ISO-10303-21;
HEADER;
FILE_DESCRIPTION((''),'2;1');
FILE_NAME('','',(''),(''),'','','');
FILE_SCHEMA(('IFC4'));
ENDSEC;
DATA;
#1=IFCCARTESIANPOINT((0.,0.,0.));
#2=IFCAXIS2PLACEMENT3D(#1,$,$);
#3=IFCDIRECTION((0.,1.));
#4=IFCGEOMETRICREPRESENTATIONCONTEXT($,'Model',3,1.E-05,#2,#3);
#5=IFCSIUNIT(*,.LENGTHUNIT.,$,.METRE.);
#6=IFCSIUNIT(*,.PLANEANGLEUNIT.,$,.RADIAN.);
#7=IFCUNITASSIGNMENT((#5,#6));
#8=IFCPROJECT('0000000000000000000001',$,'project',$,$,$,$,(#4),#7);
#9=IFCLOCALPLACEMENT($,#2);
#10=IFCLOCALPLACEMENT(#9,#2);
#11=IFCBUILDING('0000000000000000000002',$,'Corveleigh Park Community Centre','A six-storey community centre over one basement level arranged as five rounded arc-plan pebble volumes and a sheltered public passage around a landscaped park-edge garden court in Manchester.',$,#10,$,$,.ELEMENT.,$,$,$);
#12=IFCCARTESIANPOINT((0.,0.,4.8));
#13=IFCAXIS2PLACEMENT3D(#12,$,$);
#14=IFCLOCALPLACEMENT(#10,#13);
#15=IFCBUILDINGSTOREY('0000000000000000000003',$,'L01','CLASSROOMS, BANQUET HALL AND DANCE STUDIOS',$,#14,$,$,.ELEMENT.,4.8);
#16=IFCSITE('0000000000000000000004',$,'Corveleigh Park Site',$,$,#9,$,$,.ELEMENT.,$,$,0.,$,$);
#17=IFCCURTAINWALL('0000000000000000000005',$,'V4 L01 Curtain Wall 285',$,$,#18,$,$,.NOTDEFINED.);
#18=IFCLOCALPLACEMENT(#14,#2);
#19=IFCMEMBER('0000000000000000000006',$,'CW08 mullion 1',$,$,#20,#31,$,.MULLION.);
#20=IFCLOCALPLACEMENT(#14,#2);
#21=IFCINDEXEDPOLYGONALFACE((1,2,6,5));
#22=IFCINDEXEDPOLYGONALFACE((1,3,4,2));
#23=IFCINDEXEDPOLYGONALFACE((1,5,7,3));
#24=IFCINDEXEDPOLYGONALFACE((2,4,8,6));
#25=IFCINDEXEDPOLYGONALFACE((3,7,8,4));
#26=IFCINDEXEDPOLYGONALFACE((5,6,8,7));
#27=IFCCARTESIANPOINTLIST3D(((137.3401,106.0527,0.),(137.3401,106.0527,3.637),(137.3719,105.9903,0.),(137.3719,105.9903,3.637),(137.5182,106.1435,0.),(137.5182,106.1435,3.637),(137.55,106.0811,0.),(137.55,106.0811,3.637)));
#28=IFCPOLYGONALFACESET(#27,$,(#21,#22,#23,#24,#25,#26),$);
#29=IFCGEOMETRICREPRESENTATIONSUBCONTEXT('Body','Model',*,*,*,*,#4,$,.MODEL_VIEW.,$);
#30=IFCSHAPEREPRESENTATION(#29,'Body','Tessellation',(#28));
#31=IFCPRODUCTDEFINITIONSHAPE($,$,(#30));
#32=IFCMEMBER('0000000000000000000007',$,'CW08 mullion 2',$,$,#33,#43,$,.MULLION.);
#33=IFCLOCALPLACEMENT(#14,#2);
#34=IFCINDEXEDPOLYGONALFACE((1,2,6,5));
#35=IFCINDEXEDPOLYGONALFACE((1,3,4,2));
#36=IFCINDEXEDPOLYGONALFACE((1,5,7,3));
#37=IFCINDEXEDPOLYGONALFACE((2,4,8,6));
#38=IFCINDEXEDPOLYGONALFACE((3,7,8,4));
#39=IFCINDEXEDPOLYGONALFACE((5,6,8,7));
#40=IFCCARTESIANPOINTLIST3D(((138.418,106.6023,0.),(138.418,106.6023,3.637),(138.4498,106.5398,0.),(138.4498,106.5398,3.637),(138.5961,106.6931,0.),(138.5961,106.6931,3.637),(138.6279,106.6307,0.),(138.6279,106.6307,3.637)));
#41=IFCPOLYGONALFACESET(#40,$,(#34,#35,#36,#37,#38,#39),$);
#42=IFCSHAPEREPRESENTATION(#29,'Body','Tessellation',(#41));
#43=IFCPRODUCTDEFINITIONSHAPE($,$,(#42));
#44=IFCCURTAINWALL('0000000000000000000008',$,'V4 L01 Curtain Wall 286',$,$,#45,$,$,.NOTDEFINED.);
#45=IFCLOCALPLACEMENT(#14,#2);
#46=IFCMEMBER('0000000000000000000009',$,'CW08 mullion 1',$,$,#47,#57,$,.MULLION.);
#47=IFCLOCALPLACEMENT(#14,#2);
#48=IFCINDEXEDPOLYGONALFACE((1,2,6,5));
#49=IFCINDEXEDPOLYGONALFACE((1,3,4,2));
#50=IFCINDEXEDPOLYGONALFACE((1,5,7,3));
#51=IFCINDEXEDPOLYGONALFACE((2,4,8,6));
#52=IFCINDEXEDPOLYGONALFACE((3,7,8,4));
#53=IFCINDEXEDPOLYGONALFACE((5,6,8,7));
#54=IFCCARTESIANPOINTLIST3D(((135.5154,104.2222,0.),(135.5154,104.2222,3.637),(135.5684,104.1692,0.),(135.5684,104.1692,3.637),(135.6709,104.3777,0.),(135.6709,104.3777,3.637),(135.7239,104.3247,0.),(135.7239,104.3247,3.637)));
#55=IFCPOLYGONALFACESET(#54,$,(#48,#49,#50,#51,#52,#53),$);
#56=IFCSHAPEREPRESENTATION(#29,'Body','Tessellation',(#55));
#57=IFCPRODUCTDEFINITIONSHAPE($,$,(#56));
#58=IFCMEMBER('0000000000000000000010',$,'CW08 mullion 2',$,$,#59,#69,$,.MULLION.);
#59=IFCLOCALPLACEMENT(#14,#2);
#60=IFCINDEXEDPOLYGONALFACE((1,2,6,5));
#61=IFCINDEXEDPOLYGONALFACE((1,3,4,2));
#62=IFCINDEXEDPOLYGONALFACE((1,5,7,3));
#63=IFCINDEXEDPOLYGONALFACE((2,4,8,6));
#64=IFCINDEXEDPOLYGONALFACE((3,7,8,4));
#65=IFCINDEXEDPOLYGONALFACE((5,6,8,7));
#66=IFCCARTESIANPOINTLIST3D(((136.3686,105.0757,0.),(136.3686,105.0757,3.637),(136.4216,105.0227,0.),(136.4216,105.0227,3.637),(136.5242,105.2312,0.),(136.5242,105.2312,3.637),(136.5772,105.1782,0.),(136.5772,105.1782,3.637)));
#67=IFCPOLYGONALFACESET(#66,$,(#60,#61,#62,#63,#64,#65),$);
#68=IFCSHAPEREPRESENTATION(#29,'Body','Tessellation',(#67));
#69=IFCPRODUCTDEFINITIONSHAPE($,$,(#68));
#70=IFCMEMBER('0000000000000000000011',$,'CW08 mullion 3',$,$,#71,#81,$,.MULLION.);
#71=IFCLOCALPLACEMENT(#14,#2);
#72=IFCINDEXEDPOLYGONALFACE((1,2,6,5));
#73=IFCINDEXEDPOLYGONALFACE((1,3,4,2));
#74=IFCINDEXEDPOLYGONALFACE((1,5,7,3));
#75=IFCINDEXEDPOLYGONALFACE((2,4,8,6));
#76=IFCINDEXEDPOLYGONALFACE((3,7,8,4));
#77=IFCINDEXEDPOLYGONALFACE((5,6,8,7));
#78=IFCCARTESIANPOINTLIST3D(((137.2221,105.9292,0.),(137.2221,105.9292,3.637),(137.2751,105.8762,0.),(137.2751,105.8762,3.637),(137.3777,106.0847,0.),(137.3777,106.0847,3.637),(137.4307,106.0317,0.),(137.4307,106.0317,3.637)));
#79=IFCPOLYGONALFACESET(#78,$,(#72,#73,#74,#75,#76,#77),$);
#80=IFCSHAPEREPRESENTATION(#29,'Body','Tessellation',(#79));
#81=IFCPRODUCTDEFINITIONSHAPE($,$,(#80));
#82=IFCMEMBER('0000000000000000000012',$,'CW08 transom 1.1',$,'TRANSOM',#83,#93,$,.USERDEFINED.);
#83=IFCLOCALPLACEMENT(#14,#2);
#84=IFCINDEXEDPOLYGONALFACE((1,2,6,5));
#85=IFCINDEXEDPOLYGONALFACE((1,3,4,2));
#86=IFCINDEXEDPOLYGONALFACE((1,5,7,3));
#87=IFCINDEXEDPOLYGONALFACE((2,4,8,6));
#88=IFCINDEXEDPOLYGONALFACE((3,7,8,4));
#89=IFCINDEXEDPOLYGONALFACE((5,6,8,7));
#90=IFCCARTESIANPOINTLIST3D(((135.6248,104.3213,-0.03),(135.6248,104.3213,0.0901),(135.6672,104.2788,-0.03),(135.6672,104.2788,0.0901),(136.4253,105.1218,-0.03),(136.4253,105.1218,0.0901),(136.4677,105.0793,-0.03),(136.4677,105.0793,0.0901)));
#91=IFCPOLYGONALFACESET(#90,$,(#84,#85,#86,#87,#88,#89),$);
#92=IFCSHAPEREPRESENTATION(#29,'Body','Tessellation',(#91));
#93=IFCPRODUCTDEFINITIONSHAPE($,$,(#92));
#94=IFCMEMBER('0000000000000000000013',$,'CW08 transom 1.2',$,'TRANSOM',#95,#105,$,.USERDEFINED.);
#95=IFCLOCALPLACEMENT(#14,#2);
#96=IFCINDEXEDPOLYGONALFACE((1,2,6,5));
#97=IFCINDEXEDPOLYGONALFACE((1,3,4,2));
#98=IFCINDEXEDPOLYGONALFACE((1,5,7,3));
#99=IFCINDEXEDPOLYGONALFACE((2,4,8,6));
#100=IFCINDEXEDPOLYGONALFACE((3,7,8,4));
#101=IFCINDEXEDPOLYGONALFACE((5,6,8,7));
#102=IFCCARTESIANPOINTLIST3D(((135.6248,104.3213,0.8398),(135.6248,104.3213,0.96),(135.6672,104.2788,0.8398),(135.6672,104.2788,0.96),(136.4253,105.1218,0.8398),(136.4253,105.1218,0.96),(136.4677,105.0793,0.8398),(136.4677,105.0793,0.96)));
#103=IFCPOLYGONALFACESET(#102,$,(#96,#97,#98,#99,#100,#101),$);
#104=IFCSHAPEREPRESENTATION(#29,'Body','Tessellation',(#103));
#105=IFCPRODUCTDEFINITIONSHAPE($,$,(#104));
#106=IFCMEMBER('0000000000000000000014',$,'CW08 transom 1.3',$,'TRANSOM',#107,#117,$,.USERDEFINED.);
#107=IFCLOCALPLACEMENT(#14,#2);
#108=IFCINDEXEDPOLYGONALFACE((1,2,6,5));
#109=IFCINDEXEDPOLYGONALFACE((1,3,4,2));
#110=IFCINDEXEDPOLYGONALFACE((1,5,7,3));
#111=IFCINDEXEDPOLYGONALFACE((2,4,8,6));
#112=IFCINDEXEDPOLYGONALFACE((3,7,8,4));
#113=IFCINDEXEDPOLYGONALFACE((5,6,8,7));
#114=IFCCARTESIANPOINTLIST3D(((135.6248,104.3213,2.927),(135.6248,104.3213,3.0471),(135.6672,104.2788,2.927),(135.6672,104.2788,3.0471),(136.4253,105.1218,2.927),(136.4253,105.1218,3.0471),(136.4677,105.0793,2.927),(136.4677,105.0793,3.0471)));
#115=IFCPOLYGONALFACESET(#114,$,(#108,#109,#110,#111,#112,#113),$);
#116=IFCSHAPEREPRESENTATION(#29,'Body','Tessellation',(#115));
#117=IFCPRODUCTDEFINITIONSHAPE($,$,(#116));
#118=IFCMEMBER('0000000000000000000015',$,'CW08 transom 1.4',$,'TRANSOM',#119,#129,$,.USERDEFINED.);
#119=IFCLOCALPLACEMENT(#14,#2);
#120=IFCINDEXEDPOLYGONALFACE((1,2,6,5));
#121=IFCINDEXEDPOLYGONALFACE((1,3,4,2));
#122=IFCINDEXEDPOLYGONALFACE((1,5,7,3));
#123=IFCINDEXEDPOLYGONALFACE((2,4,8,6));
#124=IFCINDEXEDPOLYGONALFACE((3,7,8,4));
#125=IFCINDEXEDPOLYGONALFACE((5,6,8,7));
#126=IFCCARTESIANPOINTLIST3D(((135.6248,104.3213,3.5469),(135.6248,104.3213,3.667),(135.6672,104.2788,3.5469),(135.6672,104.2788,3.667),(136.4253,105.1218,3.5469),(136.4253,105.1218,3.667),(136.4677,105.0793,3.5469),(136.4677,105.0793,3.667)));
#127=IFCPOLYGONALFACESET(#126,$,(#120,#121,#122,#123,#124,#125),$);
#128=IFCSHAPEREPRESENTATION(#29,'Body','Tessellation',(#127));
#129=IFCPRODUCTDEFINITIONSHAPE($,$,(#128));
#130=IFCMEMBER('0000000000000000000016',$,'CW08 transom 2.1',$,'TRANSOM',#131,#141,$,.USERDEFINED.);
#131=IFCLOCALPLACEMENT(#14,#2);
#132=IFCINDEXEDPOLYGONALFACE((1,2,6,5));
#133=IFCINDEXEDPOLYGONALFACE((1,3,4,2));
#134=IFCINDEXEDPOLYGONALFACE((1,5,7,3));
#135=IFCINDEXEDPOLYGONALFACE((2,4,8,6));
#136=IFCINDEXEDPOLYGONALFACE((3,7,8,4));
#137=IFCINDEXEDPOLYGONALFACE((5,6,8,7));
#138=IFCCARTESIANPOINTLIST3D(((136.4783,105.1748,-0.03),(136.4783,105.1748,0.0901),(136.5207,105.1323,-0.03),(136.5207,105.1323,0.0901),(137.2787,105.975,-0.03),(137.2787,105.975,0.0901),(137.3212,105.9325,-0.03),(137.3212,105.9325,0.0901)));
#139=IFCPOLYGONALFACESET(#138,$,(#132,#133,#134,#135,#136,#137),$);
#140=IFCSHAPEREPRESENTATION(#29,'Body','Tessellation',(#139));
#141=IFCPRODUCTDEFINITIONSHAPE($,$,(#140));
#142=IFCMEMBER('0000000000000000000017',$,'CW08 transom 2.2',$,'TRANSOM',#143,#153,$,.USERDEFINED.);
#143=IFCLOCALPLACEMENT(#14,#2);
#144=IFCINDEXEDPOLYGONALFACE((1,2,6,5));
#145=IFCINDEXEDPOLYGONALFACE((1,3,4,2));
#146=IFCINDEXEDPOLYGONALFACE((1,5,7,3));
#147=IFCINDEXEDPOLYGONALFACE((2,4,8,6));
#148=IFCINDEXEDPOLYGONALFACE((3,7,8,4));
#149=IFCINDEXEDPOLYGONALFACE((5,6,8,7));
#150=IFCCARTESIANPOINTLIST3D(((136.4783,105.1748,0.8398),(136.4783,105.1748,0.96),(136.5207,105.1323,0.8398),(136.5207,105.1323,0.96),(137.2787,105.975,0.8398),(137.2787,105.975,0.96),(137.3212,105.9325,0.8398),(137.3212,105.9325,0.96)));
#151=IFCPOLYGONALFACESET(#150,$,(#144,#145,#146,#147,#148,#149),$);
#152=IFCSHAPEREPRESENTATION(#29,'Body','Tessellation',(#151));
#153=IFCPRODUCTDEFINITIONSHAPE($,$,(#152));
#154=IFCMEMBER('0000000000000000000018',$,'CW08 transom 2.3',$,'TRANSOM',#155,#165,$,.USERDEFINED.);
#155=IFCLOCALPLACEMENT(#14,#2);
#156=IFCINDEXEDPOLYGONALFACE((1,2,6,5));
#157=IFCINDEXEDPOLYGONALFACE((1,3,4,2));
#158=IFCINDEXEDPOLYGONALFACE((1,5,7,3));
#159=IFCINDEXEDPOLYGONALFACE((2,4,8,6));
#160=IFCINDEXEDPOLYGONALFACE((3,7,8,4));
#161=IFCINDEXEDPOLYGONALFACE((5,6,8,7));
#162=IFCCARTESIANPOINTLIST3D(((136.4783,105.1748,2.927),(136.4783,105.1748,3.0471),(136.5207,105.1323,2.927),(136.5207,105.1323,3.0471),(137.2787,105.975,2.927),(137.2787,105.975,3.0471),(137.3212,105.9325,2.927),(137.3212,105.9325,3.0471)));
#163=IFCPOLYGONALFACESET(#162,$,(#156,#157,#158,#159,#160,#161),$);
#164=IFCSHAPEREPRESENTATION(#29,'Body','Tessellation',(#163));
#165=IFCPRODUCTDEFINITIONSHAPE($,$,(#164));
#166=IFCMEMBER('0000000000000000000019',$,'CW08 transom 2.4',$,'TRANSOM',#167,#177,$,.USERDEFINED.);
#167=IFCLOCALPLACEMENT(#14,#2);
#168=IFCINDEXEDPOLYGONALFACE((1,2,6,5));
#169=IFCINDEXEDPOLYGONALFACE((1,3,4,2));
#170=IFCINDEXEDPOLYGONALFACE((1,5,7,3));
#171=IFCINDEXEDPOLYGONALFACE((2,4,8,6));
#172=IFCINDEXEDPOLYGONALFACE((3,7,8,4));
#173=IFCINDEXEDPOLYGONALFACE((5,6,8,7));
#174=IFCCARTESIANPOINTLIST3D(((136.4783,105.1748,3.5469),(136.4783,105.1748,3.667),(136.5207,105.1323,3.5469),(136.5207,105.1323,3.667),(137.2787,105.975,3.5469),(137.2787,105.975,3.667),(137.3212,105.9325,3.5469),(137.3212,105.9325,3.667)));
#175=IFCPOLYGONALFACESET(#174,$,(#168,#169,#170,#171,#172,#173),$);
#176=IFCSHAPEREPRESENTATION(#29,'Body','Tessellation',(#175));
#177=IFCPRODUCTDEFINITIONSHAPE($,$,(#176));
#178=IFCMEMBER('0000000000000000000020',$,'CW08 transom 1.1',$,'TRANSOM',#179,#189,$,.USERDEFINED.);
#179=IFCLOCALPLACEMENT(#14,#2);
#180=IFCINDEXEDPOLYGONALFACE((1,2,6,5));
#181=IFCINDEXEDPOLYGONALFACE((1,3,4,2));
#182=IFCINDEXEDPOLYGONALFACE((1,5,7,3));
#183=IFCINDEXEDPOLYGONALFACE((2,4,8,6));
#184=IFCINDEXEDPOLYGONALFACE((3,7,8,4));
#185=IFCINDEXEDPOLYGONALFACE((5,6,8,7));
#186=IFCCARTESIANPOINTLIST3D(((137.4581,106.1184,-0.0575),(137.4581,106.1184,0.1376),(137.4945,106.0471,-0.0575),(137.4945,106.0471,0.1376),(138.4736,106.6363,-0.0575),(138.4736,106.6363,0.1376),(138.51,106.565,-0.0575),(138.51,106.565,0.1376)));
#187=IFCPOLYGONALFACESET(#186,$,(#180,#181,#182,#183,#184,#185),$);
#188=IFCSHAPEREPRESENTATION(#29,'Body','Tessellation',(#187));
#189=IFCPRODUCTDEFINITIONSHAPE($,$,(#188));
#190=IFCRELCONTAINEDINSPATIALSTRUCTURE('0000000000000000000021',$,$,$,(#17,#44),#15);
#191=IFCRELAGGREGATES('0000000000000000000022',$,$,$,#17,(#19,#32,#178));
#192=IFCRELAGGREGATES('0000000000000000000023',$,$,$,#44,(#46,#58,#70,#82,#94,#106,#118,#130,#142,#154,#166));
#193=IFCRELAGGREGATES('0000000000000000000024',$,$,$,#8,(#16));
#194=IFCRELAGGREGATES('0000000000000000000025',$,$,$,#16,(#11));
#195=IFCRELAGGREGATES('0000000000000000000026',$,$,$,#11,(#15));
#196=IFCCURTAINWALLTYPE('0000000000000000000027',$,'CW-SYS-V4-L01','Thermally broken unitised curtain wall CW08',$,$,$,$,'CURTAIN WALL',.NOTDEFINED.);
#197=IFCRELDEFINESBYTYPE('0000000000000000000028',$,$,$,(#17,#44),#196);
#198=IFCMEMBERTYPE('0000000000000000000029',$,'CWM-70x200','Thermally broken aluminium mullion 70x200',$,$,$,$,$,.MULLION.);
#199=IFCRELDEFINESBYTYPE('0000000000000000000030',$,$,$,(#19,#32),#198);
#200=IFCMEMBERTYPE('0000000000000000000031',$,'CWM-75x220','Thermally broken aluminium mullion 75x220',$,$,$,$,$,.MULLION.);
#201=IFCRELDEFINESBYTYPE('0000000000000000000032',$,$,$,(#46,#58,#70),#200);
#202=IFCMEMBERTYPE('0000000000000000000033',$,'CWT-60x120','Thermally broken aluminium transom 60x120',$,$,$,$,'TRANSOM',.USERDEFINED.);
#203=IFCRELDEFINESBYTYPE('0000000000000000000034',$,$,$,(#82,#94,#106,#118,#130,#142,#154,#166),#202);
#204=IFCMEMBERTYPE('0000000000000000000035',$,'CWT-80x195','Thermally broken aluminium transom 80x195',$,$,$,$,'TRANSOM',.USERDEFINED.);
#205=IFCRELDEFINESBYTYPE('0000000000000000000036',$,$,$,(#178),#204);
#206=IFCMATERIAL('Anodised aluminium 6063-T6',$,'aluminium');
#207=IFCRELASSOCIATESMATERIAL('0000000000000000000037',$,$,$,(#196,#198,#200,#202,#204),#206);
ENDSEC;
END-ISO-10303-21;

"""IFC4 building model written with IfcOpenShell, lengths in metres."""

from ifc_helpers import new_model, si_unit, direction, frame, origin, origin_2d, place, context, subcontext, project, spatial, rectangle, extrude, material, material_profile, profile_set, type_object, element, aggregate, save


model = new_model("IFC4")

# Units and contexts
model_context = context("Model", 3, precision=1e-05, world=origin(), true_north=direction((0.0, 1.0)))
body_context = subcontext(model_context, "Body", "Model", "MODEL_VIEW")
ifc_project = project(units=[si_unit("LENGTHUNIT", "METRE"), si_unit("PLANEANGLEUNIT", "RADIAN")], contexts=[model_context])

# Site, building, storey
site_placement = place(None, origin())
site = spatial("IfcSite", under=ifc_project, at=site_placement, Name="Corveleigh Park Site", CompositionType="ELEMENT", RefElevation=0.0)
building_placement = place(site_placement, origin())
building = spatial("IfcBuilding", under=site, at=building_placement, Name="Corveleigh Park Community Centre", Description="A six-storey community centre over one basement level arranged as five rounded arc-plan pebble volumes and a sheltered public passage around a landscaped park-edge garden court in Manchester.", CompositionType="ELEMENT")
storey_placement = place(building_placement, frame((0.0, 0.0, 4.8)))
storey = spatial("IfcBuildingStorey", under=building, at=storey_placement, Name="L01", Description="CLASSROOMS, BANQUET HALL AND DANCE STUDIOS", CompositionType="ELEMENT", Elevation=4.8)

# Curtain walls, members
ifc_material_1 = material(Name="Anodised aluminium 6063-T6", Category="aluminium")
curtain_wall_type = type_object("IfcCurtainWallType", Name="CW-SYS-V4-L01", Description="Thermally broken unitised curtain wall CW08", ElementType="CURTAIN WALL", PredefinedType="NOTDEFINED", material=ifc_material_1)
curtain_wall_1_placement = place(storey_placement, origin())
curtain_wall_1 = element("IfcCurtainWall", 1, at=curtain_wall_1_placement, inside=storey, type_object=curtain_wall_type, Name="V4 L01 Curtain Wall 285", PredefinedType="NOTDEFINED")
ifc_material_profile_1 = material_profile(ifc_material_1, rectangle(XDim=0.0701, YDim=0.2, at=origin_2d()), Name="ALU-M70x200", Category="aluminium")
ifc_profile_set_1 = profile_set([ifc_material_profile_1], Name="Anodised aluminium 6063-T6")
member_type_1 = type_object("IfcMemberType", Name="CWM-70x200", Description="Thermally broken aluminium mullion 70x200", PredefinedType="MULLION", material=ifc_profile_set_1)
member_1_placement = place(storey_placement, frame((137.4451, 106.0669, 0.0), z_axis=(0.0, 0.0, 1.0), x_axis=(-0.454269, 0.890865, 0.0)))
member_1 = element("IfcMember", 2, at=member_1_placement, type_object=member_type_1, Name="CW08 mullion 1", PredefinedType="MULLION", context=body_context, shape_type="SweptSolid", body=[
    extrude(rectangle(XDim=0.0701, YDim=0.2, at=origin_2d()), origin(), (0.0, 0.0, 1.0), 3.637),
])
member_2_placement = place(storey_placement, frame((138.5229, 106.6165, 0.0), z_axis=(0.0, 0.0, 1.0), x_axis=(-0.454269, 0.890865, 0.0)))
member_2 = element("IfcMember", 3, at=member_2_placement, type_object=member_type_1, Name="CW08 mullion 2", PredefinedType="MULLION", context=body_context, shape_type="SweptSolid", body=[
    extrude(rectangle(XDim=0.0701, YDim=0.2, at=origin_2d()), origin(), (0.0, 0.0, 1.0), 3.637),
])
curtain_wall_2_placement = place(storey_placement, origin())
curtain_wall_2 = element("IfcCurtainWall", 4, at=curtain_wall_2_placement, inside=storey, type_object=curtain_wall_type, Name="V4 L01 Curtain Wall 286", PredefinedType="NOTDEFINED")
ifc_material_profile_2 = material_profile(ifc_material_1, rectangle(XDim=0.075, YDim=0.22, at=origin_2d()), Name="ALU-M75x220", Category="aluminium")
ifc_profile_set_2 = profile_set([ifc_material_profile_2], Name="Anodised aluminium 6063-T6")
member_type_2 = type_object("IfcMemberType", Name="CWM-75x220", Description="Thermally broken aluminium mullion 75x220", PredefinedType="MULLION", material=ifc_profile_set_2)
member_3_placement = place(storey_placement, frame((135.6196, 104.2734, 0.0), z_axis=(0.0, 0.0, 1.0), x_axis=(-0.707107, 0.707107, 0.0)))
member_3 = element("IfcMember", 5, at=member_3_placement, type_object=member_type_2, Name="CW08 mullion 1", PredefinedType="MULLION", context=body_context, shape_type="SweptSolid", body=[
    extrude(rectangle(XDim=0.075, YDim=0.22, at=origin_2d()), origin(), (0.0, 0.0, 1.0), 3.637),
])
member_4_placement = place(storey_placement, frame((136.4729, 105.127, 0.0), z_axis=(0.0, 0.0, 1.0), x_axis=(-0.707107, 0.707107, 0.0)))
member_4 = element("IfcMember", 6, at=member_4_placement, type_object=member_type_2, Name="CW08 mullion 2", PredefinedType="MULLION", context=body_context, shape_type="SweptSolid", body=[
    extrude(rectangle(XDim=0.075, YDim=0.22, at=origin_2d()), origin(), (0.0, 0.0, 1.0), 3.637),
])
member_5_placement = place(storey_placement, frame((137.3264, 105.9805, 0.0), z_axis=(0.0, 0.0, 1.0), x_axis=(-0.707107, 0.707107, 0.0)))
member_5 = element("IfcMember", 7, at=member_5_placement, type_object=member_type_2, Name="CW08 mullion 3", PredefinedType="MULLION", context=body_context, shape_type="SweptSolid", body=[
    extrude(rectangle(XDim=0.075, YDim=0.22, at=origin_2d()), origin(), (0.0, 0.0, 1.0), 3.637),
])
ifc_material_profile_3 = material_profile(ifc_material_1, rectangle(XDim=0.0601, YDim=0.1201, at=origin_2d()), Name="ALU-T60x120", Category="aluminium")
ifc_profile_set_3 = profile_set([ifc_material_profile_3], Name="Anodised aluminium 6063-T6")
member_type_3 = type_object("IfcMemberType", Name="CWT-60x120", Description="Thermally broken aluminium transom 60x120", ElementType="TRANSOM", PredefinedType="USERDEFINED", material=ifc_profile_set_3)
member_6_placement = place(storey_placement, frame((135.646, 104.3, 0.03), z_axis=(0.707107, 0.707107, 0.0), x_axis=(-0.707107, 0.707107, 0.0)))
member_6 = element("IfcMember", 8, at=member_6_placement, type_object=member_type_3, Name="CW08 transom 1.1", ObjectType="TRANSOM", PredefinedType="USERDEFINED", context=body_context, shape_type="SweptSolid", body=[
    extrude(rectangle(XDim=0.0601, YDim=0.1201, at=origin_2d()), origin(), (0.0, 0.0, 1.0), 1.1321),
])
member_7_placement = place(storey_placement, frame((135.646, 104.3, 0.8999), z_axis=(0.707107, 0.707107, 0.0), x_axis=(-0.707107, 0.707107, 0.0)))
member_7 = element("IfcMember", 9, at=member_7_placement, type_object=member_type_3, Name="CW08 transom 1.2", ObjectType="TRANSOM", PredefinedType="USERDEFINED", context=body_context, shape_type="SweptSolid", body=[
    extrude(rectangle(XDim=0.0601, YDim=0.1201, at=origin_2d()), origin(), (0.0, 0.0, 1.0), 1.1321),
])
member_8_placement = place(storey_placement, frame((135.646, 104.3, 2.9871), z_axis=(0.707107, 0.707107, 0.0), x_axis=(-0.707107, 0.707107, 0.0)))
member_8 = element("IfcMember", 10, at=member_8_placement, type_object=member_type_3, Name="CW08 transom 1.3", ObjectType="TRANSOM", PredefinedType="USERDEFINED", context=body_context, shape_type="SweptSolid", body=[
    extrude(rectangle(XDim=0.0601, YDim=0.1201, at=origin_2d()), origin(), (0.0, 0.0, 1.0), 1.1321),
])
member_9_placement = place(storey_placement, frame((135.646, 104.3, 3.6069), z_axis=(0.707107, 0.707107, 0.0), x_axis=(-0.707107, 0.707107, 0.0)))
member_9 = element("IfcMember", 11, at=member_9_placement, type_object=member_type_3, Name="CW08 transom 1.4", ObjectType="TRANSOM", PredefinedType="USERDEFINED", context=body_context, shape_type="SweptSolid", body=[
    extrude(rectangle(XDim=0.0601, YDim=0.1201, at=origin_2d()), origin(), (0.0, 0.0, 1.0), 1.1321),
])
member_10_placement = place(storey_placement, frame((136.4995, 105.1536, 0.03), z_axis=(0.707215, 0.706999, 0.0), x_axis=(-0.706999, 0.707215, 0.0)))
member_10 = element("IfcMember", 12, at=member_10_placement, type_object=member_type_3, Name="CW08 transom 2.1", ObjectType="TRANSOM", PredefinedType="USERDEFINED", context=body_context, shape_type="SweptSolid", body=[
    extrude(rectangle(XDim=0.0601, YDim=0.1201, at=origin_2d()), origin(), (0.0, 0.0, 1.0), 1.1318),
])
member_11_placement = place(storey_placement, frame((136.4995, 105.1536, 0.8999), z_axis=(0.707215, 0.706999, 0.0), x_axis=(-0.706999, 0.707215, 0.0)))
member_11 = element("IfcMember", 13, at=member_11_placement, type_object=member_type_3, Name="CW08 transom 2.2", ObjectType="TRANSOM", PredefinedType="USERDEFINED", context=body_context, shape_type="SweptSolid", body=[
    extrude(rectangle(XDim=0.0601, YDim=0.1201, at=origin_2d()), origin(), (0.0, 0.0, 1.0), 1.1318),
])
member_12_placement = place(storey_placement, frame((136.4995, 105.1536, 2.9871), z_axis=(0.707215, 0.706999, 0.0), x_axis=(-0.706999, 0.707215, 0.0)))
member_12 = element("IfcMember", 14, at=member_12_placement, type_object=member_type_3, Name="CW08 transom 2.3", ObjectType="TRANSOM", PredefinedType="USERDEFINED", context=body_context, shape_type="SweptSolid", body=[
    extrude(rectangle(XDim=0.0601, YDim=0.1201, at=origin_2d()), origin(), (0.0, 0.0, 1.0), 1.1318),
])
member_13_placement = place(storey_placement, frame((136.4995, 105.1536, 3.6069), z_axis=(0.707215, 0.706999, 0.0), x_axis=(-0.706999, 0.707215, 0.0)))
member_13 = element("IfcMember", 15, at=member_13_placement, type_object=member_type_3, Name="CW08 transom 2.4", ObjectType="TRANSOM", PredefinedType="USERDEFINED", context=body_context, shape_type="SweptSolid", body=[
    extrude(rectangle(XDim=0.0601, YDim=0.1201, at=origin_2d()), origin(), (0.0, 0.0, 1.0), 1.1318),
])

# Member
ifc_material_profile_4 = material_profile(ifc_material_1, rectangle(XDim=0.0801, YDim=0.1951, at=origin_2d()), Name="ALU-T80x195", Category="aluminium")
ifc_profile_set_4 = profile_set([ifc_material_profile_4], Name="Anodised aluminium 6063-T6")
member_type_4 = type_object("IfcMemberType", Name="CWT-80x195", Description="Thermally broken aluminium transom 80x195", ElementType="TRANSOM", PredefinedType="USERDEFINED", material=ifc_profile_set_4)
member_14_placement = place(storey_placement, frame((137.4763, 106.0828, 0.04), z_axis=(0.890843, 0.454311, 0.0), x_axis=(-0.454311, 0.890843, 0.0)))
member_14 = element("IfcMember", 16, at=member_14_placement, type_object=member_type_4, Name="CW08 transom 1.1", ObjectType="TRANSOM", PredefinedType="USERDEFINED", context=body_context, shape_type="SweptSolid", body=[
    extrude(rectangle(XDim=0.0801, YDim=0.1951, at=origin_2d()), origin(), (0.0, 0.0, 1.0), 1.1399),
])

aggregate(curtain_wall_1, [member_1, member_2, member_14])
aggregate(curtain_wall_2, [member_3, member_4, member_5, member_6, member_7, member_8, member_9, member_10, member_11, member_12, member_13])

save(model, "model.ifc")
